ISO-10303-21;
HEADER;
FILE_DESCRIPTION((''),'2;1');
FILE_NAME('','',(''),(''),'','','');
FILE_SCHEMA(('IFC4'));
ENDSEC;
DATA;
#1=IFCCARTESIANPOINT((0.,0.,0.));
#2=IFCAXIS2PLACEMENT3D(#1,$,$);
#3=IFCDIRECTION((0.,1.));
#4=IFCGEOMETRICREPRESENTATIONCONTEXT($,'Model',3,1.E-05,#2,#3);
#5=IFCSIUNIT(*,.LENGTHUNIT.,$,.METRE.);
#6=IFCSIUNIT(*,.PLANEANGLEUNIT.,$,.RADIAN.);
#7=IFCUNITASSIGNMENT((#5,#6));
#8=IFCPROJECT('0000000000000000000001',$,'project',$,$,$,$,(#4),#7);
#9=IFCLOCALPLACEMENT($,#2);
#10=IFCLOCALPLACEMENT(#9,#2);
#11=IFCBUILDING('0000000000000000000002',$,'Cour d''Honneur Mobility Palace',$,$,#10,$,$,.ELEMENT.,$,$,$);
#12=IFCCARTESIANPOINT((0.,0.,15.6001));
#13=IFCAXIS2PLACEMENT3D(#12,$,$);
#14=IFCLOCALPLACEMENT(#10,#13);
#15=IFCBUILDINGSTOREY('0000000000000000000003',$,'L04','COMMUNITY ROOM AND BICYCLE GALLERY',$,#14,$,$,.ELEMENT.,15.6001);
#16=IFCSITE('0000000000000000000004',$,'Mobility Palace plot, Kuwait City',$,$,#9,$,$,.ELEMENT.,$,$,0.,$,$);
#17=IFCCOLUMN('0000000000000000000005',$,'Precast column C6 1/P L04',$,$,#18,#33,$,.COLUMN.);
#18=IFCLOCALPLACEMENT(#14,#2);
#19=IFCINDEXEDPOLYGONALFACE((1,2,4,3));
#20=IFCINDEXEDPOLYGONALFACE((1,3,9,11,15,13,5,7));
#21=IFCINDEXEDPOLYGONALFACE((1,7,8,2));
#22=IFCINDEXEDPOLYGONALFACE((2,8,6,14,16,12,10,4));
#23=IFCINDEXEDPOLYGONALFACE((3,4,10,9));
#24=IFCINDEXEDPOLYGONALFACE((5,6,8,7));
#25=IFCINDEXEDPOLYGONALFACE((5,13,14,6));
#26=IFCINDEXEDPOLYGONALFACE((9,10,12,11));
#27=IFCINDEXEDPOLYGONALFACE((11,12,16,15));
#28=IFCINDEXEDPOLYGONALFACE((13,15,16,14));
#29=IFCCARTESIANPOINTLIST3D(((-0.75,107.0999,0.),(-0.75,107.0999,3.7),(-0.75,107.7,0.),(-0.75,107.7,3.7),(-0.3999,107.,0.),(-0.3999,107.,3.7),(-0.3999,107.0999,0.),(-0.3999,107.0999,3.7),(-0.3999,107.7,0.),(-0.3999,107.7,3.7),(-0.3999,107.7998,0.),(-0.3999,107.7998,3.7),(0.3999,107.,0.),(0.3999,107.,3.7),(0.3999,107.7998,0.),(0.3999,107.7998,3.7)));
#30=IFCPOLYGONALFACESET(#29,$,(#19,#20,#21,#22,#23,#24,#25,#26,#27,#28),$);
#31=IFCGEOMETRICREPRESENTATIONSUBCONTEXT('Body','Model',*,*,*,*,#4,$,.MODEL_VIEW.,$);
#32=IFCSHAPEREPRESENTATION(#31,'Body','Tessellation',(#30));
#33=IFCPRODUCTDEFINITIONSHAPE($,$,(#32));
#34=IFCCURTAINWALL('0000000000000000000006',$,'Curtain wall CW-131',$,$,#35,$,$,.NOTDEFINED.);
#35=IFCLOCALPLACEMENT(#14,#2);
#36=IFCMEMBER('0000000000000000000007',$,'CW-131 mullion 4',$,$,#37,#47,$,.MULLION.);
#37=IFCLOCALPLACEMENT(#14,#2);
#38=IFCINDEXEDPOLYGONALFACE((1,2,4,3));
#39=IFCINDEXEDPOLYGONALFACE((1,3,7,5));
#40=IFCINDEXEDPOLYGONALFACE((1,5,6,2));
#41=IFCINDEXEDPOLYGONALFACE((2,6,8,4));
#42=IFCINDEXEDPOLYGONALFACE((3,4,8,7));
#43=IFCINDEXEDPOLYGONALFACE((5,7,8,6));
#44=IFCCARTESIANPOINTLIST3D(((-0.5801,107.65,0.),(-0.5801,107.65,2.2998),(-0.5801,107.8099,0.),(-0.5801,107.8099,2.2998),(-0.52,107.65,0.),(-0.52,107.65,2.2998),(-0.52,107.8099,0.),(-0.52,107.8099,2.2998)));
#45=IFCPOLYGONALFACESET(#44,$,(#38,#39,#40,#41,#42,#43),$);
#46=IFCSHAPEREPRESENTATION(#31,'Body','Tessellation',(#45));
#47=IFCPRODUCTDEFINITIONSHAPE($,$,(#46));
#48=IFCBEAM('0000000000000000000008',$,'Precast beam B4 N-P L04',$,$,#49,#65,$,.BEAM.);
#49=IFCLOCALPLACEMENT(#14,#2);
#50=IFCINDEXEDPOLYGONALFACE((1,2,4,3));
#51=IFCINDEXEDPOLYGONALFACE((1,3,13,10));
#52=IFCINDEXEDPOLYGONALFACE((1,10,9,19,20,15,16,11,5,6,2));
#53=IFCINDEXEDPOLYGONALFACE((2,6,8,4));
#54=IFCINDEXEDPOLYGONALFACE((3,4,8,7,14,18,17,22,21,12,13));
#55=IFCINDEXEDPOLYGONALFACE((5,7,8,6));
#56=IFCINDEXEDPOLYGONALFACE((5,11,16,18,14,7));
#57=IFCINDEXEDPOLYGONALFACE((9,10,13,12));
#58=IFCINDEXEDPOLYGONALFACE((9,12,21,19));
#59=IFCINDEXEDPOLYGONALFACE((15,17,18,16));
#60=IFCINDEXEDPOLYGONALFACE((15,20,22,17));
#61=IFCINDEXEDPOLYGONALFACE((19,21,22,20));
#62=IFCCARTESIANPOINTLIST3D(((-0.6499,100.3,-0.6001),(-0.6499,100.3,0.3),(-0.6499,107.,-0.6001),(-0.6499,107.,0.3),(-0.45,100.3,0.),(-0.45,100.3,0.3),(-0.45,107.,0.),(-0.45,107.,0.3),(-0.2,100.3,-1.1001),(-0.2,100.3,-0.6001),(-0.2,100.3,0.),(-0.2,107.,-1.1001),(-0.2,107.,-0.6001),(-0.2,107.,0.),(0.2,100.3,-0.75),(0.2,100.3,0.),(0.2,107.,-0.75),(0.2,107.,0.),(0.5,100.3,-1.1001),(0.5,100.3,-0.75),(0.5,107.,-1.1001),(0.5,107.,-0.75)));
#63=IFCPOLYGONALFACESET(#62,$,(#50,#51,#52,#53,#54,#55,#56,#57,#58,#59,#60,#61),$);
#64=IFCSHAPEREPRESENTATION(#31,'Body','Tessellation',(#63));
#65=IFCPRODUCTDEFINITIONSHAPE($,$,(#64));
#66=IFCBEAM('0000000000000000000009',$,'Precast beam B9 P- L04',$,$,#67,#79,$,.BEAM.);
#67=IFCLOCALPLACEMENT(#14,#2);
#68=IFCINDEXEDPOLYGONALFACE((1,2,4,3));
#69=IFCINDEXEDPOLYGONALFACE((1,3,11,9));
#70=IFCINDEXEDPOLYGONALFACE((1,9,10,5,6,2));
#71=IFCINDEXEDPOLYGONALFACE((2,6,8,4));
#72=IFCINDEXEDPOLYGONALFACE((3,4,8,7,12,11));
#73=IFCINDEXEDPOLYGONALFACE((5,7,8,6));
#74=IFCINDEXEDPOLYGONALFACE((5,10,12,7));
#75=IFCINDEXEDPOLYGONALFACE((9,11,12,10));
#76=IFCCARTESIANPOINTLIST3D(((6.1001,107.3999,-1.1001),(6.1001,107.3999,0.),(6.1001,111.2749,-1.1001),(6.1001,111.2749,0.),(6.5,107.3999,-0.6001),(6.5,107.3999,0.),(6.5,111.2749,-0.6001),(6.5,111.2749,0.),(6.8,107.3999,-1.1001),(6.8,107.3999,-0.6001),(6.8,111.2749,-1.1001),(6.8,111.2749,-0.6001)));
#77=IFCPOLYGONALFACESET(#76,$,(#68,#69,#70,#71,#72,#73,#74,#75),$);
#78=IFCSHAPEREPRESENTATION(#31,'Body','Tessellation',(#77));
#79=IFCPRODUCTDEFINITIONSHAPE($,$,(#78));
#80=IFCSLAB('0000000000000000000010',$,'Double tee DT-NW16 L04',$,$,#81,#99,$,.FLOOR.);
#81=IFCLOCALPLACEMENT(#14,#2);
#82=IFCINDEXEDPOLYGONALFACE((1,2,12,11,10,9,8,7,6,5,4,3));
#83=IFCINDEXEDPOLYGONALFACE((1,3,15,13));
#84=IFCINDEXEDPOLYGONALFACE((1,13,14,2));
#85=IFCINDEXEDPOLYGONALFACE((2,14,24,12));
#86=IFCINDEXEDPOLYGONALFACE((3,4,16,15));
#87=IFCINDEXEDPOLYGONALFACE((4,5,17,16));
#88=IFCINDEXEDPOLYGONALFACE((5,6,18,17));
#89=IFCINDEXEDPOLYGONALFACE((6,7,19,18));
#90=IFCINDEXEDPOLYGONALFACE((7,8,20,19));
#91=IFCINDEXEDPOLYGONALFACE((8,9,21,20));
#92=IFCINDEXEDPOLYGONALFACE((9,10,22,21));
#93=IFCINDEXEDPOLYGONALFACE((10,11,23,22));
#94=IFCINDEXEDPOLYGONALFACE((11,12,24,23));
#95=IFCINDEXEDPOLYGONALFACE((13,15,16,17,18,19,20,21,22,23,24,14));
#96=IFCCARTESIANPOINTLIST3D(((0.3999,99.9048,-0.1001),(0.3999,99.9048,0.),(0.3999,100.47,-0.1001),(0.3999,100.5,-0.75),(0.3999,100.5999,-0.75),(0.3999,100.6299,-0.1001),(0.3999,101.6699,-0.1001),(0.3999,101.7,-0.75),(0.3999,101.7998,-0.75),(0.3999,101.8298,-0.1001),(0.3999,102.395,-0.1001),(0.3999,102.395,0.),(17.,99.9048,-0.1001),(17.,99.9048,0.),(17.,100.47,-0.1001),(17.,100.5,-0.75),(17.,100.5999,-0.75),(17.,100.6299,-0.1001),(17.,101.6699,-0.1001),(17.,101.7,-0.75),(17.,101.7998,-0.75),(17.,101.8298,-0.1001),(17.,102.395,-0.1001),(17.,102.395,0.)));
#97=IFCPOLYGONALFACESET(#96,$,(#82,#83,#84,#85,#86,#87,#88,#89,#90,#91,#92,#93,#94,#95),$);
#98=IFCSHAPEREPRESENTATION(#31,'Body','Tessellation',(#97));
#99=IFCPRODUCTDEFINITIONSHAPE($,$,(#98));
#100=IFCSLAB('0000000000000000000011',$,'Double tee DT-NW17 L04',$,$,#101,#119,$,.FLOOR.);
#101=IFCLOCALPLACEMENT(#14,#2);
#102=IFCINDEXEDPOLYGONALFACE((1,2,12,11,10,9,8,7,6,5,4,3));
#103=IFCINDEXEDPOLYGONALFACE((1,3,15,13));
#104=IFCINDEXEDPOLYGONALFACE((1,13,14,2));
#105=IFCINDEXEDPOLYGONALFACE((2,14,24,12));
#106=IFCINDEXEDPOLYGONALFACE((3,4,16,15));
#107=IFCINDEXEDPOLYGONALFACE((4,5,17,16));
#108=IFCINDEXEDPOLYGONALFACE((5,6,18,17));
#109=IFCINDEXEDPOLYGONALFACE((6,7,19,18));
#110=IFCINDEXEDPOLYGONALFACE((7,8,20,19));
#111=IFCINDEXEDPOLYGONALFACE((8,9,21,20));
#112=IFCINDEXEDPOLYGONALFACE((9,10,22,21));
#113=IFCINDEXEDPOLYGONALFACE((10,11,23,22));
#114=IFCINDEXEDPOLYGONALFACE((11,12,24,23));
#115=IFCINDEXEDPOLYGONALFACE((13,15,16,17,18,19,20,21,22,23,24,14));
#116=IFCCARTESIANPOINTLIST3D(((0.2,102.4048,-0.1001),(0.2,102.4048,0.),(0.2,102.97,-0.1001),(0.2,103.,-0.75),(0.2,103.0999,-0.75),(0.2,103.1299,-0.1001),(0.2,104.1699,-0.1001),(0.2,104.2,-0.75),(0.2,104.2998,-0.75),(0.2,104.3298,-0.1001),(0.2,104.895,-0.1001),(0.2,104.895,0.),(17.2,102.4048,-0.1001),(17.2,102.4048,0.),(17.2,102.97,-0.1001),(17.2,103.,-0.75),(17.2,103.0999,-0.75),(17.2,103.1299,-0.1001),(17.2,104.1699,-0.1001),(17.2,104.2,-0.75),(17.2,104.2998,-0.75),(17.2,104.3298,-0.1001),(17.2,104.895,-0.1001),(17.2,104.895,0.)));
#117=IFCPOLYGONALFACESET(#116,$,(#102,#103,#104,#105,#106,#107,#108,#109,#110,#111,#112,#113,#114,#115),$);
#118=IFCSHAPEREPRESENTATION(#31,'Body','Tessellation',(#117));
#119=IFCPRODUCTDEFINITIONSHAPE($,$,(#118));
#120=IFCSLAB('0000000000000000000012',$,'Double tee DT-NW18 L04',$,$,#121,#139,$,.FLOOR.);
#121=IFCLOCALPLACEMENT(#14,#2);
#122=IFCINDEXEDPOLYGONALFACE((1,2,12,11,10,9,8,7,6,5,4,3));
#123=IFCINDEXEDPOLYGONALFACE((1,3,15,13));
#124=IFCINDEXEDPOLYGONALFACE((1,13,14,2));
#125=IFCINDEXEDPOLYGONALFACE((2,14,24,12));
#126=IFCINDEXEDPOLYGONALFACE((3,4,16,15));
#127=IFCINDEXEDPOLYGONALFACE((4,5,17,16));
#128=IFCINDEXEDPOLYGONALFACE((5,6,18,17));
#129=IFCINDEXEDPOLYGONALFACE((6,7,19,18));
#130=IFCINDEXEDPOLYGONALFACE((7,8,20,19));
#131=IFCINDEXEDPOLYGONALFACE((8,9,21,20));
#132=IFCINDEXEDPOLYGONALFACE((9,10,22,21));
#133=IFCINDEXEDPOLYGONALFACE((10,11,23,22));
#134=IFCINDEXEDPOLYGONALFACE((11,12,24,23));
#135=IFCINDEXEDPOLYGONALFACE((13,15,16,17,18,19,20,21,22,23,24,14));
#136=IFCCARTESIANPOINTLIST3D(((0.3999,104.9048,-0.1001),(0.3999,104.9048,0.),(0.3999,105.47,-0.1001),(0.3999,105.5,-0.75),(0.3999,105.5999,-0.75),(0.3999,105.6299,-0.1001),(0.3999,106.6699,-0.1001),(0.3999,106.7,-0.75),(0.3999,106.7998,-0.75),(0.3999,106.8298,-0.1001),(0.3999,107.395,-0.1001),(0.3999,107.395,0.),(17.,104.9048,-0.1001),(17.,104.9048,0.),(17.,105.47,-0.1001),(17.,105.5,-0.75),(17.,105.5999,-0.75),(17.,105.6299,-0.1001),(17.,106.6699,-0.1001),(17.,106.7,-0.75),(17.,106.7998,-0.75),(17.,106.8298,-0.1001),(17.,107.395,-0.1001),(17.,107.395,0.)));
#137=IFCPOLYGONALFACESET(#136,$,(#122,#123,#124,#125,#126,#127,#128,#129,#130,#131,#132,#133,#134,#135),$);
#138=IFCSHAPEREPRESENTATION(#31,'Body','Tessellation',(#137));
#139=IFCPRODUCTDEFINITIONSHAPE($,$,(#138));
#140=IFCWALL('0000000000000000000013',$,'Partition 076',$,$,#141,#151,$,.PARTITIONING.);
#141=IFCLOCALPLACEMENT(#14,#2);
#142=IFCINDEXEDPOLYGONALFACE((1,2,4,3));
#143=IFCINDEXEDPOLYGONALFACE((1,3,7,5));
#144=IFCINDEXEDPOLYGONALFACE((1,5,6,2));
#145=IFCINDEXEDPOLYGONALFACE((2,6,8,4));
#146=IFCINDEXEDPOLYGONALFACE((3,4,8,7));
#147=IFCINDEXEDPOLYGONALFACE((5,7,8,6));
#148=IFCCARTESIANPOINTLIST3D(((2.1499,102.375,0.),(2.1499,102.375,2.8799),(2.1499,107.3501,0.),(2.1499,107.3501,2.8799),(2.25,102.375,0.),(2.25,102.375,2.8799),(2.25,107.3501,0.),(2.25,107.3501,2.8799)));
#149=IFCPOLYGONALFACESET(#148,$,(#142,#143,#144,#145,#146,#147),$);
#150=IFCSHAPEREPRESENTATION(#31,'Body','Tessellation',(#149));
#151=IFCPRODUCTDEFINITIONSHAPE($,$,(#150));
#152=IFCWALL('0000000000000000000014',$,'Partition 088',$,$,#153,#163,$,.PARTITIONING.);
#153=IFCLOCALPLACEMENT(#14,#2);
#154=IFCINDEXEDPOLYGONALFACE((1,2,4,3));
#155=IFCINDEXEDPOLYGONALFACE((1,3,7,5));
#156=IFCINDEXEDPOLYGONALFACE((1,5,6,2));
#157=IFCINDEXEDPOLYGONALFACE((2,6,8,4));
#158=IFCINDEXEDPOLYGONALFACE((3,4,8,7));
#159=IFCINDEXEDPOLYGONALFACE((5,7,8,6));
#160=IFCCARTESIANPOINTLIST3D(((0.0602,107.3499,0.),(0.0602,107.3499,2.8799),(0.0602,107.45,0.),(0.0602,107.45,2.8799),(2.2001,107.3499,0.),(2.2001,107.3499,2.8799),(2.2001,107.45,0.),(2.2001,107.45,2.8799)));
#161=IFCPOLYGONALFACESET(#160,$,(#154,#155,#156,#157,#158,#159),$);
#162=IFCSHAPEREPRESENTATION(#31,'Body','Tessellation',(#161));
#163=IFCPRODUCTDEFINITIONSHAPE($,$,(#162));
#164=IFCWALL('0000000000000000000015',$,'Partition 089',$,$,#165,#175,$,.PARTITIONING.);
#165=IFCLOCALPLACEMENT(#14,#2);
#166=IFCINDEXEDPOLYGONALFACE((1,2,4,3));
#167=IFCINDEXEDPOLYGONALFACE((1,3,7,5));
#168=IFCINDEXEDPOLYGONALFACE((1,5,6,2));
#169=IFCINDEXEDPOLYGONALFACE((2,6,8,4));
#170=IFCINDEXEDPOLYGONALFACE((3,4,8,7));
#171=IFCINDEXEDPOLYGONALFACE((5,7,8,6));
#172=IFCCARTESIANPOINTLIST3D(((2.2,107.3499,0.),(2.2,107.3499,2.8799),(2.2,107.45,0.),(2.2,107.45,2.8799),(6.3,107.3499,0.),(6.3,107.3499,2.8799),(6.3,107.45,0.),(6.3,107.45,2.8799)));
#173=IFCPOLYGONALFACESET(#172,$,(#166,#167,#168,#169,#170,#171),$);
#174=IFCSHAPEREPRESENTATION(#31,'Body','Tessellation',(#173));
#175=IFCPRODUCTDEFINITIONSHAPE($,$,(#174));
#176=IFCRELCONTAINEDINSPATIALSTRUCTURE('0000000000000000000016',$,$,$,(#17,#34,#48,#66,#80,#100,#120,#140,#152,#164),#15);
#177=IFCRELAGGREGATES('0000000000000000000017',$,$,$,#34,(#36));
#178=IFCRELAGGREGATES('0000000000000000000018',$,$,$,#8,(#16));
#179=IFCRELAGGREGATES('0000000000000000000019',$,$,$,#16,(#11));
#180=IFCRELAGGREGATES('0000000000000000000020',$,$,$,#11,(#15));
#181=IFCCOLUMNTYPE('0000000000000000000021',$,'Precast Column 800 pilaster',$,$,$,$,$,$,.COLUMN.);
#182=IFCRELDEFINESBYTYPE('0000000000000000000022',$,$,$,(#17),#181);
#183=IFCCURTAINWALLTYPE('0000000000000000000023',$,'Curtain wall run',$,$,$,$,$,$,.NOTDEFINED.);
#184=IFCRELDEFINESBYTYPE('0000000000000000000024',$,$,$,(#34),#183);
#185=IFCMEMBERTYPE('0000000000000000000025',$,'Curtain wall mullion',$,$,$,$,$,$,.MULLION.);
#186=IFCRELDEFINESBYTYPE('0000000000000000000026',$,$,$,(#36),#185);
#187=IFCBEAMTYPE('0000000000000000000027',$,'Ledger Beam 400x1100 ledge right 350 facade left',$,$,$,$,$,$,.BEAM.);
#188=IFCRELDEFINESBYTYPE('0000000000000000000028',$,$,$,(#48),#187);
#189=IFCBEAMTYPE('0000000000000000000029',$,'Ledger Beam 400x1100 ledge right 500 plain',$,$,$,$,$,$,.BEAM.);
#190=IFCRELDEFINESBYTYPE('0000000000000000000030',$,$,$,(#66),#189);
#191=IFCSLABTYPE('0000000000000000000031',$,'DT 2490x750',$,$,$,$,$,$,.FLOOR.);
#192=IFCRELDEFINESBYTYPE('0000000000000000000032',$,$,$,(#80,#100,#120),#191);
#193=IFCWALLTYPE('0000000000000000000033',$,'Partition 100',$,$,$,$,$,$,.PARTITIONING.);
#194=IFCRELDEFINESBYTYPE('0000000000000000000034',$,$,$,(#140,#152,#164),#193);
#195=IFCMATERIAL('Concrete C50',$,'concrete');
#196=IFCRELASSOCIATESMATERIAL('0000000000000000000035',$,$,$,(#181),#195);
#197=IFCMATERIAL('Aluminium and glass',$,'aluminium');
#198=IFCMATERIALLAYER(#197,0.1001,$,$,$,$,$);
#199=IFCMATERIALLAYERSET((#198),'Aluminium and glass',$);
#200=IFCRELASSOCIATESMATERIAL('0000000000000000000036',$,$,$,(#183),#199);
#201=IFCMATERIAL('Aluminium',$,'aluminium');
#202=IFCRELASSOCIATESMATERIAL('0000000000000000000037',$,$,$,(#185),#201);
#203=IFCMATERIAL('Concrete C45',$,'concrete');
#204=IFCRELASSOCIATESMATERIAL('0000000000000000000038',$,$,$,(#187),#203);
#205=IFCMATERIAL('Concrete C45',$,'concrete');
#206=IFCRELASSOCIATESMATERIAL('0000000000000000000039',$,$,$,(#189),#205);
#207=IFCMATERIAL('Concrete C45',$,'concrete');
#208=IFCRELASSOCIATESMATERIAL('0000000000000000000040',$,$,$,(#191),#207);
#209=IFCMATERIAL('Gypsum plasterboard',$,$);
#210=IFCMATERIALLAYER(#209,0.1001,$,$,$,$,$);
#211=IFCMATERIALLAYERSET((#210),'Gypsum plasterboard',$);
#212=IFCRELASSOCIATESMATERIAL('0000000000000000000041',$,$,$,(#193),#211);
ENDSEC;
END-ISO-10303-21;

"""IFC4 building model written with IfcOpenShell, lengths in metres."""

from ifc_helpers import new_model, si_unit, direction, frame, frame_2d, origin, origin_2d, place, context, subcontext, project, spatial, polyline, rectangle, outline, extrude, material, layer, layer_set, material_profile, profile_set, type_object, element, aggregate, save


model = new_model("IFC4")

# Units and contexts
model_context = context("Model", 3, precision=1e-05, world=origin(), true_north=direction((0.0, 1.0)))
body_context = subcontext(model_context, "Body", "Model", "MODEL_VIEW")
ifc_project = project(units=[si_unit("LENGTHUNIT", "METRE"), si_unit("PLANEANGLEUNIT", "RADIAN")], contexts=[model_context])

# Site, building, storey
site_placement = place(None, origin())
site = spatial("IfcSite", under=ifc_project, at=site_placement, Name="Mobility Palace plot, Kuwait City", CompositionType="ELEMENT", RefElevation=0.0)
building_placement = place(site_placement, origin())
building = spatial("IfcBuilding", under=site, at=building_placement, Name="Cour d'Honneur Mobility Palace", CompositionType="ELEMENT")
storey_placement = place(building_placement, frame((0.0, 0.0, 15.6001)))
storey = spatial("IfcBuildingStorey", under=building, at=storey_placement, Name="L04", Description="COMMUNITY ROOM AND BICYCLE GALLERY", CompositionType="ELEMENT", Elevation=15.6001)

# Column
ifc_material_1 = material(Name="Concrete C50", Category="concrete")
ifc_material_profile_1 = material_profile(ifc_material_1, outline(polyline([(-0.3999, -0.3999), (0.3999, -0.3999), (0.3999, -0.3), (0.75, -0.3), (0.75, 0.3), (0.3999, 0.3), (0.3999, 0.3999), (-0.3999, 0.3999), (-0.3999, -0.3999)])), Name="PC C800 pilaster")
ifc_profile_set_1 = profile_set([ifc_material_profile_1], Name="Concrete C50")
column_type = type_object("IfcColumnType", Name="Precast Column 800 pilaster", PredefinedType="COLUMN", material=ifc_profile_set_1)
column_placement = place(storey_placement, frame((0.0, 107.3999, 0.0), z_axis=(0.0, 0.0, 1.0), x_axis=(-1.0, 0.0, 0.0)))
element("IfcColumn", 1, at=column_placement, inside=storey, type_object=column_type, Name="Precast column C6 1/P L04", PredefinedType="COLUMN", context=body_context, shape_type="SweptSolid", body=[
    extrude(outline(polyline([(-0.3999, -0.3999), (0.3999, -0.3999), (0.3999, -0.3), (0.75, -0.3), (0.75, 0.3), (0.3999, 0.3), (0.3999, 0.3999), (-0.3999, 0.3999), (-0.3999, -0.3999)])), origin(), (0.0, 0.0, 1.0), 3.7),
])

# Curtain wall, member
ifc_material_2 = material(Name="Aluminium and glass", Category="aluminium")
ifc_layer_1 = layer(ifc_material_2, 0.1001)
ifc_layer_set_1 = layer_set([ifc_layer_1], Name="Aluminium and glass")
curtain_wall_type = type_object("IfcCurtainWallType", Name="Curtain wall run", PredefinedType="NOTDEFINED", material=ifc_layer_set_1)
curtain_wall_placement = place(storey_placement, origin())
curtain_wall = element("IfcCurtainWall", 2, at=curtain_wall_placement, inside=storey, type_object=curtain_wall_type, Name="Curtain wall CW-131", PredefinedType="NOTDEFINED")
ifc_material_3 = material(Name="Aluminium", Category="aluminium")
ifc_material_profile_2 = material_profile(ifc_material_3, rectangle(XDim=0.0601, YDim=0.1599, at=origin_2d()), Name="Curtain wall mullion")
ifc_profile_set_2 = profile_set([ifc_material_profile_2], Name="Aluminium")
member_type = type_object("IfcMemberType", Name="Curtain wall mullion", PredefinedType="MULLION", material=ifc_profile_set_2)
member_placement = place(storey_placement, frame((-0.55, 107.73, 0.0), z_axis=(0.0, 0.0, 1.0), x_axis=(1.0, 0.0, 0.0)))
member = element("IfcMember", 3, at=member_placement, type_object=member_type, Name="CW-131 mullion 4", PredefinedType="MULLION", context=body_context, shape_type="SweptSolid", body=[
    extrude(rectangle(XDim=0.0601, YDim=0.1599, at=origin_2d()), origin(), (0.0, 0.0, 1.0), 2.2998),
])
aggregate(curtain_wall, [member])

# Beams
ifc_material_4 = material(Name="Concrete C45", Category="concrete")
ifc_material_profile_3 = material_profile(ifc_material_4, outline(polyline([(0.2, -1.1001), (0.2, -0.6001), (0.6499, -0.6001), (0.6499, 0.3), (0.45, 0.3), (0.45, 0.0), (0.2, 0.0), (-0.2, 0.0), (-0.2, -0.75), (-0.5, -0.75), (-0.5, -1.1001), (0.2, -1.1001)])), Name="Ledger Beam 400x1100 ledge right 350 facade left")
ifc_profile_set_3 = profile_set([ifc_material_profile_3], Name="Concrete C45")
beam_type_1 = type_object("IfcBeamType", Name="Ledger Beam 400x1100 ledge right 350 facade left", PredefinedType="BEAM", material=ifc_profile_set_3)
beam_1_placement = place(storey_placement, frame((0.0, 100.3, 0.0), z_axis=(0.0, 1.0, 0.0), x_axis=(-1.0, 0.0, 0.0)))
element("IfcBeam", 4, at=beam_1_placement, inside=storey, type_object=beam_type_1, Name="Precast beam B4 N-P L04", PredefinedType="BEAM", context=body_context, shape_type="SweptSolid", body=[
    extrude(outline(polyline([(0.2, -1.1001), (0.2, -0.6001), (0.6499, -0.6001), (0.6499, 0.3), (0.45, 0.3), (0.45, 0.0), (0.2, 0.0), (-0.2, 0.0), (-0.2, -0.75), (-0.5, -0.75), (-0.5, -1.1001), (0.2, -1.1001)])), origin(), (0.0, 0.0, 1.0), 6.7),
])
ifc_material_5 = material(Name="Concrete C45", Category="concrete")
ifc_material_profile_4 = material_profile(ifc_material_5, outline(polyline([(0.2, -1.1001), (0.2, 0.0), (-0.2, 0.0), (-0.2, -0.6001), (-0.5, -0.6001), (-0.5, -1.1001), (0.2, -1.1001)])), Name="Ledger Beam 400x1100 ledge right 500 plain")
ifc_profile_set_4 = profile_set([ifc_material_profile_4], Name="Concrete C45")
beam_type_2 = type_object("IfcBeamType", Name="Ledger Beam 400x1100 ledge right 500 plain", PredefinedType="BEAM", material=ifc_profile_set_4)
beam_2_placement = place(storey_placement, frame((6.3, 107.3999, 0.0), z_axis=(0.0, 1.0, 0.0), x_axis=(-1.0, 0.0, 0.0)))
element("IfcBeam", 5, at=beam_2_placement, inside=storey, type_object=beam_type_2, Name="Precast beam B9 P- L04", PredefinedType="BEAM", context=body_context, shape_type="SweptSolid", body=[
    extrude(outline(polyline([(0.2, -1.1001), (0.2, 0.0), (-0.2, 0.0), (-0.2, -0.6001), (-0.5, -0.6001), (-0.5, -1.1001), (0.2, -1.1001)])), origin(), (0.0, 0.0, 1.0), 3.875),
])

# Slabs
ifc_material_6 = material(Name="Concrete C45", Category="concrete")
ifc_material_profile_5 = material_profile(ifc_material_6, outline(polyline([(-1.2451, 0.0), (1.2451, 0.0), (1.2451, -0.1001), (0.6799, -0.1001), (0.6499, -0.75), (0.55, -0.75), (0.52, -0.1001), (-0.52, -0.1001), (-0.55, -0.75), (-0.6499, -0.75), (-0.6799, -0.1001), (-1.2451, -0.1001), (-1.2451, 0.0)])), Name="DT 2490x750")
ifc_profile_set_5 = profile_set([ifc_material_profile_5], Name="Concrete C45")
slab_type = type_object("IfcSlabType", Name="DT 2490x750", PredefinedType="FLOOR", material=ifc_profile_set_5)
slab_1_placement = place(storey_placement, frame((0.3999, 101.1499, 0.0), z_axis=(1.0, 0.0, 0.0), x_axis=(0.0, 1.0, 0.0)))
element("IfcSlab", 6, at=slab_1_placement, inside=storey, type_object=slab_type, Name="Double tee DT-NW16 L04", PredefinedType="FLOOR", context=body_context, shape_type="SweptSolid", body=[
    extrude(outline(polyline([(-1.2451, 0.0), (1.2451, 0.0), (1.2451, -0.1001), (0.6799, -0.1001), (0.6499, -0.75), (0.55, -0.75), (0.52, -0.1001), (-0.52, -0.1001), (-0.55, -0.75), (-0.6499, -0.75), (-0.6799, -0.1001), (-1.2451, -0.1001), (-1.2451, 0.0)])), origin(), (0.0, 0.0, 1.0), 16.6001),
])
slab_2_placement = place(storey_placement, frame((0.2, 103.6499, 0.0), z_axis=(1.0, 0.0, 0.0), x_axis=(0.0, 1.0, 0.0)))
element("IfcSlab", 7, at=slab_2_placement, inside=storey, type_object=slab_type, Name="Double tee DT-NW17 L04", PredefinedType="FLOOR", context=body_context, shape_type="SweptSolid", body=[
    extrude(outline(polyline([(-1.2451, 0.0), (1.2451, 0.0), (1.2451, -0.1001), (0.6799, -0.1001), (0.6499, -0.75), (0.55, -0.75), (0.52, -0.1001), (-0.52, -0.1001), (-0.55, -0.75), (-0.6499, -0.75), (-0.6799, -0.1001), (-1.2451, -0.1001), (-1.2451, 0.0)])), origin(), (0.0, 0.0, 1.0), 17.0),
])
slab_3_placement = place(storey_placement, frame((0.3999, 106.1499, 0.0), z_axis=(1.0, 0.0, 0.0), x_axis=(0.0, 1.0, 0.0)))
element("IfcSlab", 8, at=slab_3_placement, inside=storey, type_object=slab_type, Name="Double tee DT-NW18 L04", PredefinedType="FLOOR", context=body_context, shape_type="SweptSolid", body=[
    extrude(outline(polyline([(-1.2451, 0.0), (1.2451, 0.0), (1.2451, -0.1001), (0.6799, -0.1001), (0.6499, -0.75), (0.55, -0.75), (0.52, -0.1001), (-0.52, -0.1001), (-0.55, -0.75), (-0.6499, -0.75), (-0.6799, -0.1001), (-1.2451, -0.1001), (-1.2451, 0.0)])), origin(), (0.0, 0.0, 1.0), 16.6001),
])

# Walls
ifc_material_7 = material(Name="Gypsum plasterboard")
ifc_layer_2 = layer(ifc_material_7, 0.1001)
ifc_layer_set_2 = layer_set([ifc_layer_2], Name="Gypsum plasterboard")
wall_type_1 = type_object("IfcWallType", Name="Partition 100", PredefinedType="PARTITIONING", material=ifc_layer_set_2)
wall_1_placement = place(storey_placement, frame((2.2, 102.375, 0.0), z_axis=(0.0, 0.0, 1.0), x_axis=(0.0, 1.0, 0.0)))
element("IfcWall", 9, at=wall_1_placement, inside=storey, type_object=wall_type_1, Name="Partition 076", PredefinedType="PARTITIONING", context=body_context, shape_type="SweptSolid", body=[
    extrude(rectangle(XDim=4.9751, YDim=0.1001, at=frame_2d((2.4875, 0.0))), origin(), (0.0, 0.0, 1.0), 2.8799),
])
wall_2_placement = place(storey_placement, frame((2.2, 107.3999, 0.0), z_axis=(0.0, 0.0, 1.0), x_axis=(-1.0, 0.0, 0.0)))
element("IfcWall", 10, at=wall_2_placement, inside=storey, type_object=wall_type_1, Name="Partition 088", PredefinedType="PARTITIONING", context=body_context, shape_type="SweptSolid", body=[
    extrude(rectangle(XDim=2.1399, YDim=0.1001, at=frame_2d((1.0698, 0.0))), origin(), (0.0, 0.0, 1.0), 2.8799),
])
wall_3_placement = place(storey_placement, frame((6.3, 107.3999, 0.0), z_axis=(0.0, 0.0, 1.0), x_axis=(-1.0, 0.0, 0.0)))
element("IfcWall", 11, at=wall_3_placement, inside=storey, type_object=wall_type_1, Name="Partition 089", PredefinedType="PARTITIONING", context=body_context, shape_type="SweptSolid", body=[
    extrude(rectangle(XDim=4.1001, YDim=0.1001, at=frame_2d((2.05, 0.0))), origin(), (0.0, 0.0, 1.0), 2.8799),
])

save(model, "model.ifc")
